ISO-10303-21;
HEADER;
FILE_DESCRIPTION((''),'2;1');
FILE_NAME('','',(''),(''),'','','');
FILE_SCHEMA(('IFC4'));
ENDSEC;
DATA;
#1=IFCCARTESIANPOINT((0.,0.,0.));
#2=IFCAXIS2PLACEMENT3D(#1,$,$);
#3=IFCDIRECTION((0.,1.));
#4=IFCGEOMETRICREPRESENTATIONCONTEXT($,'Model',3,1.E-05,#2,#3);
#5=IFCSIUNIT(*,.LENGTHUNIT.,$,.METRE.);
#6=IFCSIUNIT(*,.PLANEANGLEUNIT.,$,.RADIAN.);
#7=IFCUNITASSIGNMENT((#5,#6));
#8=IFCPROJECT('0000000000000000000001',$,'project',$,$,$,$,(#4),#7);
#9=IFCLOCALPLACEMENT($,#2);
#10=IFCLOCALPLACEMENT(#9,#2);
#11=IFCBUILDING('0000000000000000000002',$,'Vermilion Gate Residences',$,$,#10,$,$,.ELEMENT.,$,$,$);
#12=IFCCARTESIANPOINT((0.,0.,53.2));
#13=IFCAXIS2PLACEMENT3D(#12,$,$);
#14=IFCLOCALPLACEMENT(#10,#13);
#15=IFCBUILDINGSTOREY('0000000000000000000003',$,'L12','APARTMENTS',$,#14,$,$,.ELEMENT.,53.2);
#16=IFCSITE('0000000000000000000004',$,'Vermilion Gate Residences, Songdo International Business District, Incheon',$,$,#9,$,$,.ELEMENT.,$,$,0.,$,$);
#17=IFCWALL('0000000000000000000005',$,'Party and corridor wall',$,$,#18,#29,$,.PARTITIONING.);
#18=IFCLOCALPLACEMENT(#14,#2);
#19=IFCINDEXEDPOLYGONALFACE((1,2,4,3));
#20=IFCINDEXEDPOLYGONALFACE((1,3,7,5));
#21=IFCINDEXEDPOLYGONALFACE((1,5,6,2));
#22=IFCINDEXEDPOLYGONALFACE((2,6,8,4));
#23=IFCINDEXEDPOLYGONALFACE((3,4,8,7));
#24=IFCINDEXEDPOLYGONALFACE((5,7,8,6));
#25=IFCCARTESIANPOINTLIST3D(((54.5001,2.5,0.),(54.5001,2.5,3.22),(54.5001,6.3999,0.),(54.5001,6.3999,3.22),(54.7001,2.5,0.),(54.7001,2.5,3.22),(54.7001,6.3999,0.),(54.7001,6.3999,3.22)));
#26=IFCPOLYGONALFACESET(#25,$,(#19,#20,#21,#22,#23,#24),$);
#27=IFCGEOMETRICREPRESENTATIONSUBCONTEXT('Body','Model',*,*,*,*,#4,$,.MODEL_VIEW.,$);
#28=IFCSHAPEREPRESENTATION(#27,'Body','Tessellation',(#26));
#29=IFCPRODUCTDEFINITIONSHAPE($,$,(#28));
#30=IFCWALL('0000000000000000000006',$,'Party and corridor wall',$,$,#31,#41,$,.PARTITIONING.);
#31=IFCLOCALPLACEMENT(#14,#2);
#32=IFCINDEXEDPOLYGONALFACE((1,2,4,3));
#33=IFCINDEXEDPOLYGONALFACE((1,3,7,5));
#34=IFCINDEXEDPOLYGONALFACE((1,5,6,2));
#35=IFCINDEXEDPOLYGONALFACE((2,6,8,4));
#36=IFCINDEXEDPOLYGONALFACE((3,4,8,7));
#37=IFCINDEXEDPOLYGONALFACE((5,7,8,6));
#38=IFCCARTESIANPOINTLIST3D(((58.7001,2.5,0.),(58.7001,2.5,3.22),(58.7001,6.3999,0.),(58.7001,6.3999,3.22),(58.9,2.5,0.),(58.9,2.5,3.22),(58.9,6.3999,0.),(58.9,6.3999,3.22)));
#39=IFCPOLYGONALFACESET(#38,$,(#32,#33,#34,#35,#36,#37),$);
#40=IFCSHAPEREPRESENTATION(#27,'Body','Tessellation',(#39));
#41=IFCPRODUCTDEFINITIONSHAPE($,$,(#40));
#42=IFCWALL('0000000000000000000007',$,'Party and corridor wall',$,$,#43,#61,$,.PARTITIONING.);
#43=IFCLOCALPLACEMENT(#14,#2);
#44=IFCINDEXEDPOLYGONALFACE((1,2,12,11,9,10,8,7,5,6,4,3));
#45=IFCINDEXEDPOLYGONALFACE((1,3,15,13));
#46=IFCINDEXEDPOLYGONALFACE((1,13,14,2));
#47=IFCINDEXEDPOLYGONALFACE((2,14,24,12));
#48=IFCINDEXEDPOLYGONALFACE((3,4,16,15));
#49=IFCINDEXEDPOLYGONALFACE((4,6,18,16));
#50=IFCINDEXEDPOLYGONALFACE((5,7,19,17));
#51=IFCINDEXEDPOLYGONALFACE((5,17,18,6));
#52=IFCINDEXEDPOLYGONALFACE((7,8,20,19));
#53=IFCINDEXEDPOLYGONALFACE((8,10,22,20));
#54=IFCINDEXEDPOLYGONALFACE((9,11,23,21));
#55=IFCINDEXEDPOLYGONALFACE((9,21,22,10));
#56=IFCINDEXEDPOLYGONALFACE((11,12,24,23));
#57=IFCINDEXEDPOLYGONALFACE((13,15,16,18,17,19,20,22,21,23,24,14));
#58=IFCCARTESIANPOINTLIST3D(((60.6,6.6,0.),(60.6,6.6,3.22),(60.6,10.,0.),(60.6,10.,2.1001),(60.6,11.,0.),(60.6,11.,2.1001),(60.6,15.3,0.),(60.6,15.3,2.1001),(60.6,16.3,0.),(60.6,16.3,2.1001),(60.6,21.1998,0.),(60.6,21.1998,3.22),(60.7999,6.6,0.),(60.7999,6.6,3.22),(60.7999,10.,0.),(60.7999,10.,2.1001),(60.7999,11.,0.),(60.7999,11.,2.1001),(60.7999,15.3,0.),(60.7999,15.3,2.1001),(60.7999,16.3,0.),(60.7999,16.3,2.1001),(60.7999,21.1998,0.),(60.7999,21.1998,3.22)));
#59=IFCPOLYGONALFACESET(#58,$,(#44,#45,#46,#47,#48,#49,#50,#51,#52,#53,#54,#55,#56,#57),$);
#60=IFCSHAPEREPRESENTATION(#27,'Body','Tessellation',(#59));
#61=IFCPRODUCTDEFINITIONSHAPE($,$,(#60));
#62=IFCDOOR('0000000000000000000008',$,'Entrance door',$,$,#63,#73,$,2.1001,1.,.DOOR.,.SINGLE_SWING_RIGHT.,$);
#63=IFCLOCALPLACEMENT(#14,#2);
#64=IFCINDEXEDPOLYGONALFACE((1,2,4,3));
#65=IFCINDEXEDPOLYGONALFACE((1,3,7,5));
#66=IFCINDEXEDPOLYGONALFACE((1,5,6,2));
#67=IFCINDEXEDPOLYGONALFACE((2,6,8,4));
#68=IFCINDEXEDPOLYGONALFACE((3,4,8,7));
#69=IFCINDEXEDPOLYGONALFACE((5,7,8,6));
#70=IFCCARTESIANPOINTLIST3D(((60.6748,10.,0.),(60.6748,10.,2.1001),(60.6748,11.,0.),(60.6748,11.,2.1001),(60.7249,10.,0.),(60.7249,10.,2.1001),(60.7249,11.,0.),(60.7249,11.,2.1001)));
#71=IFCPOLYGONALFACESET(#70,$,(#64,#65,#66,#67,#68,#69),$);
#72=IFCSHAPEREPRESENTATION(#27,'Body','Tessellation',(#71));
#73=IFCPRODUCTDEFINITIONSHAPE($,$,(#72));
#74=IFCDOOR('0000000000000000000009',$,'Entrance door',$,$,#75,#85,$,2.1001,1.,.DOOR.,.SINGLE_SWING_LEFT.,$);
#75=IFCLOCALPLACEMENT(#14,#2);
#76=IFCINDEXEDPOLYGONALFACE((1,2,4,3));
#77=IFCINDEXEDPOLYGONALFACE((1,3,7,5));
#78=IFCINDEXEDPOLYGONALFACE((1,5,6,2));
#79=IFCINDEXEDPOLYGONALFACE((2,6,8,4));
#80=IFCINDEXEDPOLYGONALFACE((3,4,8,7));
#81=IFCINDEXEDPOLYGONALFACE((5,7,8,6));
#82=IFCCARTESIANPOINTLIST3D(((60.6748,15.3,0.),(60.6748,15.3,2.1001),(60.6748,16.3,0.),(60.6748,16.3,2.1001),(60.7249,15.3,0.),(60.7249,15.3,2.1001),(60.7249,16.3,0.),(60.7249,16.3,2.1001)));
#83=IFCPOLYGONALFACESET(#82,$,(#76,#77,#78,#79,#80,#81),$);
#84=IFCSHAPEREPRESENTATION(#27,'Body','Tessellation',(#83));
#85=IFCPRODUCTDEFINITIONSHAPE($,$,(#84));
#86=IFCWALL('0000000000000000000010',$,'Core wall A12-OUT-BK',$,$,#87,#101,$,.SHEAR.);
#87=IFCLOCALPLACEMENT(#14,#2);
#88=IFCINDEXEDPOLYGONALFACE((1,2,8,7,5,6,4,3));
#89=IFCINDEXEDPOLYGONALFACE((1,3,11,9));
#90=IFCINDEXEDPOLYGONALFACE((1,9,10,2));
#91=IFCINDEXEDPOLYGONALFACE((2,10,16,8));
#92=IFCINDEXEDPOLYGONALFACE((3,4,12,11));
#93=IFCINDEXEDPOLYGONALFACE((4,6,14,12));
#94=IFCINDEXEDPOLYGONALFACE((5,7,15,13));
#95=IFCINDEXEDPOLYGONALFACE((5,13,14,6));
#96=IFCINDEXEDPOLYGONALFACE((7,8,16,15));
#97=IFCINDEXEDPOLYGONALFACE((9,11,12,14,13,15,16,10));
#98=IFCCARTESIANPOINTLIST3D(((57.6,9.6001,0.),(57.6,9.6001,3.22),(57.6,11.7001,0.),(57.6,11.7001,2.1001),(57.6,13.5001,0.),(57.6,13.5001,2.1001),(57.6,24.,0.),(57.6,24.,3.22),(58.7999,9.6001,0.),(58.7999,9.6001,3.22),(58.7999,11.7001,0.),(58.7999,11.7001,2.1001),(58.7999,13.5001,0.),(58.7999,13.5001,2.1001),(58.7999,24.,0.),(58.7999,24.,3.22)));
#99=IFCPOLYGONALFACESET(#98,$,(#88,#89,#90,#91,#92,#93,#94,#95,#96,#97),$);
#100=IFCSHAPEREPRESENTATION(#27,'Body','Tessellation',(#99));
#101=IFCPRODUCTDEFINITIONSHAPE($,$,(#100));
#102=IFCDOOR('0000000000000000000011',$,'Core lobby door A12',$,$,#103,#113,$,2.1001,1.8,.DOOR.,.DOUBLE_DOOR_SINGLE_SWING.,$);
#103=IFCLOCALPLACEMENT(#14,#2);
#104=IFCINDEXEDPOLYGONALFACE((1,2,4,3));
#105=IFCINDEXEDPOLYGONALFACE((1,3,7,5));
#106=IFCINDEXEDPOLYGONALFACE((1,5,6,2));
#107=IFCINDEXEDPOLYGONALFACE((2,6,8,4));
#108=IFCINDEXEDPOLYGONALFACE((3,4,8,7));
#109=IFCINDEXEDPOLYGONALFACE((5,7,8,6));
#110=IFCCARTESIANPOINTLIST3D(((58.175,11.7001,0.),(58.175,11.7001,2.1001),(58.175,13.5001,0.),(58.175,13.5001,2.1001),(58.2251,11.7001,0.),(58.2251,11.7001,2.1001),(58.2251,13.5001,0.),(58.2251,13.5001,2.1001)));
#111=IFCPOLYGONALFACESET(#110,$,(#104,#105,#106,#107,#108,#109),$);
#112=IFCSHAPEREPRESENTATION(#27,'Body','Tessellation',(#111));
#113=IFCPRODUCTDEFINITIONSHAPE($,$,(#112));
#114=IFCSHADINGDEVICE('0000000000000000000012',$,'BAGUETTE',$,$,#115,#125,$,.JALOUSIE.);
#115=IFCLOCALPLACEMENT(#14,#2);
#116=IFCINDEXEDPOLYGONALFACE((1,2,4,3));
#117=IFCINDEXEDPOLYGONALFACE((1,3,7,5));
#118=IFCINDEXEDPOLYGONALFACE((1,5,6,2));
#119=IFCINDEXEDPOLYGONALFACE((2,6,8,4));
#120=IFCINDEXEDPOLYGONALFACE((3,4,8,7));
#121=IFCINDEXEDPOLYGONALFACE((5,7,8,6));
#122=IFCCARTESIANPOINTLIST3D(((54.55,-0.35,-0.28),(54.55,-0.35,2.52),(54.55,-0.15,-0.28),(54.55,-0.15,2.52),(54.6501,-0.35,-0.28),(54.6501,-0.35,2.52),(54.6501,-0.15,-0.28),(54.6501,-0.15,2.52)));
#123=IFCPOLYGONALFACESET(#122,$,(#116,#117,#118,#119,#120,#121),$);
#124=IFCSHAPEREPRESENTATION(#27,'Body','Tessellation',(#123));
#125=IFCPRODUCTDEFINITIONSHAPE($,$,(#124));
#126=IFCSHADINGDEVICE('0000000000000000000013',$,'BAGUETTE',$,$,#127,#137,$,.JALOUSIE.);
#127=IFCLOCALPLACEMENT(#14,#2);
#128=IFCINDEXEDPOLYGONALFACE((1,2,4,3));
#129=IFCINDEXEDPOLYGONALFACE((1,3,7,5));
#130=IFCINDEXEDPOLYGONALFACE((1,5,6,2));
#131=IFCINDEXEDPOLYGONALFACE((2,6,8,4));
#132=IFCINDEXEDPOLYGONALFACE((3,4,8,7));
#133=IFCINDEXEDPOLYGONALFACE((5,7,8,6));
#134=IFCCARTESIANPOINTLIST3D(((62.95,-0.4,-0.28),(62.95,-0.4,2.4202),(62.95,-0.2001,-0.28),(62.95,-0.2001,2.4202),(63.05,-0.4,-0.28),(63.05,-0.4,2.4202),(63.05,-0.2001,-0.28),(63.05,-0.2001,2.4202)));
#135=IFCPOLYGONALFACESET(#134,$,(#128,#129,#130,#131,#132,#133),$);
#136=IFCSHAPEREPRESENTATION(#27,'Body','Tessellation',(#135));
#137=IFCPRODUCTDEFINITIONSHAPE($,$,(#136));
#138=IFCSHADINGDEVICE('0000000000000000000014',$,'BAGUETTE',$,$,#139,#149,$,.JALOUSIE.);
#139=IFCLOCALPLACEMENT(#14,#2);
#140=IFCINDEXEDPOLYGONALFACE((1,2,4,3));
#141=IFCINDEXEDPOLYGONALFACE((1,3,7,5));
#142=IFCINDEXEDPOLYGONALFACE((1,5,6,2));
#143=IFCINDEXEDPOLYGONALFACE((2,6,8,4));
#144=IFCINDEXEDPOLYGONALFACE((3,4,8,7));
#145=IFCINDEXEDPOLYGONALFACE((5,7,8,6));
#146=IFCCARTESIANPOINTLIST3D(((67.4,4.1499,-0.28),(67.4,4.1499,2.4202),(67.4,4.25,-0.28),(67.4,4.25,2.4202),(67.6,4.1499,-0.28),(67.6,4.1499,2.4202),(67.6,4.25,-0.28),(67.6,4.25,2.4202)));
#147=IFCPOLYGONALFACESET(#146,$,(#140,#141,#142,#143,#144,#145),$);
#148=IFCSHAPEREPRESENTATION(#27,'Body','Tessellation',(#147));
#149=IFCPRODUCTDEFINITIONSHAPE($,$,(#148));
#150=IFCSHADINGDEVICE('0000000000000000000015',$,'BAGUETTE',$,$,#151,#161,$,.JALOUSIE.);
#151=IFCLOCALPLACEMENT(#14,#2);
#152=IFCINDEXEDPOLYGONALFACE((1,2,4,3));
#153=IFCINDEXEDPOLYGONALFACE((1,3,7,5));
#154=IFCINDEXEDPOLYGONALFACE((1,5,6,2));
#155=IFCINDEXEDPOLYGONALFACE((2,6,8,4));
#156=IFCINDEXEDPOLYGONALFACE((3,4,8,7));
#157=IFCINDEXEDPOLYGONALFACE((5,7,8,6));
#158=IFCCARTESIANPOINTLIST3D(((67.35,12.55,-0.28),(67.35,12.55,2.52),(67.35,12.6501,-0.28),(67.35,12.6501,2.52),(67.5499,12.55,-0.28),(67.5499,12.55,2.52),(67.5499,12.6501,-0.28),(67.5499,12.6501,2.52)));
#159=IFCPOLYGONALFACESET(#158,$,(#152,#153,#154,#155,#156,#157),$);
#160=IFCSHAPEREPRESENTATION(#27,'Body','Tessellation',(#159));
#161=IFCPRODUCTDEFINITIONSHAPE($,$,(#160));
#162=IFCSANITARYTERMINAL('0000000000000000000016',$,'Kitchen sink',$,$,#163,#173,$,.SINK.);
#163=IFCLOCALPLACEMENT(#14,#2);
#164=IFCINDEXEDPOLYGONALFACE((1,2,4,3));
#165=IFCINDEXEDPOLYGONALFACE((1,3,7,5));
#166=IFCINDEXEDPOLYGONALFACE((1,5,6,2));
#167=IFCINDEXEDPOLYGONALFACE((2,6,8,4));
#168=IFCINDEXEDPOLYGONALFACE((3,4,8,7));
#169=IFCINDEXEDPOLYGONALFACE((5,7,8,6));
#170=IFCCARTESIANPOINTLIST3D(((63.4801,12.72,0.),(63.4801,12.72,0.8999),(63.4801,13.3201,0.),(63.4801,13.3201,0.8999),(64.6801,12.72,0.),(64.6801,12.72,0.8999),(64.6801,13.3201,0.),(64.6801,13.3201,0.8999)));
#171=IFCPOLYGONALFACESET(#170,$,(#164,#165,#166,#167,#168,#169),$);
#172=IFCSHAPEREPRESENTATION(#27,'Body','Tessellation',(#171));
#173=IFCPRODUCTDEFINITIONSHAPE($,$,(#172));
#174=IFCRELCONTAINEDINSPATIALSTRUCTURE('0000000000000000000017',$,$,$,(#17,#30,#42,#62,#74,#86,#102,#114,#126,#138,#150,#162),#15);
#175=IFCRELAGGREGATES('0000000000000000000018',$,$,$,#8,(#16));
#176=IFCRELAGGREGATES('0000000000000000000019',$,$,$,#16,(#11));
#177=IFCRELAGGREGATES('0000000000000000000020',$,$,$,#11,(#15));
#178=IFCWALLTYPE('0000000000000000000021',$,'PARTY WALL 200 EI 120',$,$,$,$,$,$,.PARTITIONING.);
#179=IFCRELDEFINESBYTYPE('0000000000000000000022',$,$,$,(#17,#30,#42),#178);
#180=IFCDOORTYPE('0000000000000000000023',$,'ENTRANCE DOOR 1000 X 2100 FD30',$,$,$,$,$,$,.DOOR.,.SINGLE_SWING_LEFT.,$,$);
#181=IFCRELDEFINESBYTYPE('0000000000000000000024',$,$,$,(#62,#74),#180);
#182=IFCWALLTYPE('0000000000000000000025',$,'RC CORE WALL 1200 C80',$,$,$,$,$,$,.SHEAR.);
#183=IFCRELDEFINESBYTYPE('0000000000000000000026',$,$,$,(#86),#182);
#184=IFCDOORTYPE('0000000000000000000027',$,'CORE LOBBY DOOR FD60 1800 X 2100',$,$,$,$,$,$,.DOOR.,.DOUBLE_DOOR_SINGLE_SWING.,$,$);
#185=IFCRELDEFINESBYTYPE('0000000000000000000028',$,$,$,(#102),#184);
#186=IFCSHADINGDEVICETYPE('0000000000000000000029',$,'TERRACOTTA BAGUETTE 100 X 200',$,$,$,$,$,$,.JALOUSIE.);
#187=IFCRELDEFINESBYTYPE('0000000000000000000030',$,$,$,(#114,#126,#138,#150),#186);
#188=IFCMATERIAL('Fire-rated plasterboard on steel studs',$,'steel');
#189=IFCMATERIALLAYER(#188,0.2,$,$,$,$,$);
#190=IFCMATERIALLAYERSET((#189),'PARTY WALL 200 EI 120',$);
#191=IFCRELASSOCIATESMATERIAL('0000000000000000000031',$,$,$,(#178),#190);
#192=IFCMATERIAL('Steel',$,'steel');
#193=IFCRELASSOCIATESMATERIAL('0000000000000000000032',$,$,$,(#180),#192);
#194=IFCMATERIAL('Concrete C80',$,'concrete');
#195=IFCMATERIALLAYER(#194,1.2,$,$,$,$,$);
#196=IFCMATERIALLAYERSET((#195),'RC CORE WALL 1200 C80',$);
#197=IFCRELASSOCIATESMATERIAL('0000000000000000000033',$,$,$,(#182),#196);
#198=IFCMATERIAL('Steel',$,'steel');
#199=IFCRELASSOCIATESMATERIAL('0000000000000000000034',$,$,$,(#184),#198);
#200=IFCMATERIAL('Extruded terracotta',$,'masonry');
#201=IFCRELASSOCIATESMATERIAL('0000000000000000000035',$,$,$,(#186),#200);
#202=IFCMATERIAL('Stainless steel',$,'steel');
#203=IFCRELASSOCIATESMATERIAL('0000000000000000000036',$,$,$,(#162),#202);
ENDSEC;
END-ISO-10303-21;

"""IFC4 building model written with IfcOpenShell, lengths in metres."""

from ifc_helpers import new_model, si_unit, direction, frame, frame_2d, origin, origin_2d, place, context, subcontext, project, spatial, rectangle, extrude, material, layer, layer_set, material_profile, profile_set, type_object, element, fill, save


model = new_model("IFC4")

# Units and contexts
model_context = context("Model", 3, precision=1e-05, world=origin(), true_north=direction((0.0, 1.0)))
body_context = subcontext(model_context, "Body", "Model", "MODEL_VIEW")
ifc_project = project(units=[si_unit("LENGTHUNIT", "METRE"), si_unit("PLANEANGLEUNIT", "RADIAN")], contexts=[model_context])

# Site, building, storey
site_placement = place(None, origin())
site = spatial("IfcSite", under=ifc_project, at=site_placement, Name="Vermilion Gate Residences, Songdo International Business District, Incheon", CompositionType="ELEMENT", RefElevation=0.0)
building_placement = place(site_placement, origin())
building = spatial("IfcBuilding", under=site, at=building_placement, Name="Vermilion Gate Residences", CompositionType="ELEMENT")
storey_placement = place(building_placement, frame((0.0, 0.0, 53.2)))
storey = spatial("IfcBuildingStorey", under=building, at=storey_placement, Name="L12", Description="APARTMENTS", CompositionType="ELEMENT", Elevation=53.2)

# Walls
ifc_material_1 = material(Name="Fire-rated plasterboard on steel studs", Category="steel")
ifc_layer_1 = layer(ifc_material_1, 0.2)
ifc_layer_set_1 = layer_set([ifc_layer_1], Name="PARTY WALL 200 EI 120")
wall_type_1 = type_object("IfcWallType", Name="PARTY WALL 200 EI 120", PredefinedType="PARTITIONING", material=ifc_layer_set_1)
for number, where, z_axis, x_axis, name in (
    (1, (54.6001, 2.5, 0.0), (0.0, 0.0, 1.0), (0.0, 1.0, 0.0), "Party and corridor wall"),
    (2, (58.8, 2.5, 0.0), (0.0, 0.0, 1.0), (0.0, 1.0, 0.0), "Party and corridor wall"),
):
    element("IfcWall", number, at=place(storey_placement, frame(where, z_axis=z_axis, x_axis=x_axis)), inside=storey, type_object=wall_type_1, Name=name, PredefinedType="PARTITIONING", context=body_context, shape_type="SweptSolid", body=[
        extrude(rectangle(XDim=3.8999, YDim=0.2, at=frame_2d((1.95, 0.0))), origin(), (0.0, 0.0, 1.0), 3.22),
    ])

# Wall, openings, doors
wall_1_placement = place(storey_placement, frame((60.7, 6.6001, 0.0), z_axis=(0.0, 0.0, 1.0), x_axis=(0.0, 1.0, 0.0)))
wall_1 = element("IfcWall", 3, at=wall_1_placement, inside=storey, type_object=wall_type_1, Name="Party and corridor wall", PredefinedType="PARTITIONING", context=body_context, shape_type="SweptSolid", body=[
    extrude(rectangle(XDim=14.5999, YDim=0.2, at=frame_2d((7.2998, 0.0))), origin(), (0.0, 0.0, 1.0), 3.22),
])
opening_1_placement = place(wall_1_placement, frame((3.3999, 0.0, 0.0)))
opening_1 = element("IfcOpeningElement", 4, at=opening_1_placement, cuts=wall_1, PredefinedType="OPENING", context=body_context, shape_type="SweptSolid", body=[
    extrude(rectangle(XDim=1.0, YDim=2.1001, at=frame_2d((0.5, 1.05))), frame((0.0, 0.1099, 0.0), z_axis=(0.0, -1.0, 0.0), x_axis=(1.0, 0.0, 0.0)), (0.0, 0.0, 1.0), 0.22),
])
opening_2_placement = place(wall_1_placement, frame((8.7, 0.0, 0.0)))
opening_2 = element("IfcOpeningElement", 5, at=opening_2_placement, cuts=wall_1, PredefinedType="OPENING", context=body_context, shape_type="SweptSolid", body=[
    extrude(rectangle(XDim=1.0, YDim=2.1001, at=frame_2d((0.5, 1.05))), frame((0.0, 0.1099, 0.0), z_axis=(0.0, -1.0, 0.0), x_axis=(1.0, 0.0, 0.0)), (0.0, 0.0, 1.0), 0.22),
])
ifc_material_2 = material(Name="Steel", Category="steel")
door_type_1 = type_object("IfcDoorType", Name="ENTRANCE DOOR 1000 X 2100 FD30", OperationType="SINGLE_SWING_LEFT", PredefinedType="DOOR", material=ifc_material_2)
door_1_placement = place(opening_1_placement, frame((1.0, 0.0, 0.0), z_axis=(0.0, 0.0, 1.0), x_axis=(-1.0, 0.0, 0.0)))
door_1 = element("IfcDoor", 6, at=door_1_placement, inside=storey, type_object=door_type_1, Name="Entrance door", OperationType="SINGLE_SWING_RIGHT", OverallHeight=2.1001, OverallWidth=1.0, PredefinedType="DOOR", context=body_context, shape_type="SweptSolid", body=[
    extrude(rectangle(XDim=1.0, YDim=2.1001, at=frame_2d((0.5, 1.05))), frame((0.0, 0.0249, 0.0), z_axis=(0.0, -1.0, 0.0), x_axis=(1.0, 0.0, 0.0)), (0.0, 0.0, 1.0), 0.05),
])
fill(opening_1, door_1)
door_2_placement = place(opening_2_placement, frame((1.0, 0.0, 0.0), z_axis=(0.0, 0.0, 1.0), x_axis=(-1.0, 0.0, 0.0)))
door_2 = element("IfcDoor", 7, at=door_2_placement, inside=storey, type_object=door_type_1, Name="Entrance door", OperationType="SINGLE_SWING_LEFT", OverallHeight=2.1001, OverallWidth=1.0, PredefinedType="DOOR", context=body_context, shape_type="SweptSolid", body=[
    extrude(rectangle(XDim=1.0, YDim=2.1001, at=frame_2d((0.5, 1.05))), frame((0.0, 0.0249, 0.0), z_axis=(0.0, -1.0, 0.0), x_axis=(1.0, 0.0, 0.0)), (0.0, 0.0, 1.0), 0.05),
])
fill(opening_2, door_2)

# Wall, opening, door
ifc_material_3 = material(Name="Concrete C80", Category="concrete")
ifc_layer_2 = layer(ifc_material_3, 1.2)
ifc_layer_set_2 = layer_set([ifc_layer_2], Name="RC CORE WALL 1200 C80")
wall_type_2 = type_object("IfcWallType", Name="RC CORE WALL 1200 C80", PredefinedType="SHEAR", material=ifc_layer_set_2)
wall_2_placement = place(storey_placement, frame((58.2, 9.6001, 0.0), z_axis=(0.0, 0.0, 1.0), x_axis=(0.0, 1.0, 0.0)))
wall_2 = element("IfcWall", 8, at=wall_2_placement, inside=storey, type_object=wall_type_2, Name="Core wall A12-OUT-BK", PredefinedType="SHEAR", context=body_context, shape_type="SweptSolid", body=[
    extrude(rectangle(XDim=14.3999, YDim=1.2, at=frame_2d((7.2, 0.0))), origin(), (0.0, 0.0, 1.0), 3.22),
])
opening_3_placement = place(wall_2_placement, frame((2.1001, 0.0, 0.0)))
opening_3 = element("IfcOpeningElement", 9, at=opening_3_placement, cuts=wall_2, PredefinedType="OPENING", context=body_context, shape_type="SweptSolid", body=[
    extrude(rectangle(XDim=1.8, YDim=2.1001, at=frame_2d((0.8999, 1.05))), frame((0.0, 0.6099, 0.0), z_axis=(0.0, -1.0, 0.0), x_axis=(1.0, 0.0, 0.0)), (0.0, 0.0, 1.0), 1.22),
])
ifc_material_4 = material(Name="Steel", Category="steel")
door_type_2 = type_object("IfcDoorType", Name="CORE LOBBY DOOR FD60 1800 X 2100", OperationType="DOUBLE_DOOR_SINGLE_SWING", PredefinedType="DOOR", material=ifc_material_4)
door_3_placement = place(opening_3_placement, origin())
door_3 = element("IfcDoor", 10, at=door_3_placement, inside=storey, type_object=door_type_2, Name="Core lobby door A12", OperationType="DOUBLE_DOOR_SINGLE_SWING", OverallHeight=2.1001, OverallWidth=1.8, PredefinedType="DOOR", context=body_context, shape_type="SweptSolid", body=[
    extrude(rectangle(XDim=1.8, YDim=2.1001, at=frame_2d((0.8999, 1.05))), frame((0.0, 0.0249, 0.0), z_axis=(0.0, -1.0, 0.0), x_axis=(1.0, 0.0, 0.0)), (0.0, 0.0, 1.0), 0.05),
])
fill(opening_3, door_3)

# Shading devices
ifc_material_5 = material(Name="Extruded terracotta", Category="masonry")
ifc_material_profile_1 = material_profile(ifc_material_5, rectangle(XDim=0.2, YDim=0.1001, at=origin_2d()), Name="BAGUETTE 100 X 200")
ifc_profile_set_1 = profile_set([ifc_material_profile_1], Name="Extruded terracotta")
shading_device_type = type_object("IfcShadingDeviceType", Name="TERRACOTTA BAGUETTE 100 X 200", PredefinedType="JALOUSIE", material=ifc_profile_set_1)
shading_device_1_placement = place(storey_placement, frame((54.6001, -0.25, -0.28), z_axis=(0.0, 0.0, 1.0), x_axis=(0.0, 1.0, 0.0)))
element("IfcShadingDevice", 11, at=shading_device_1_placement, inside=storey, type_object=shading_device_type, Name="BAGUETTE", PredefinedType="JALOUSIE", context=body_context, shape_type="SweptSolid", body=[
    extrude(rectangle(XDim=0.2, YDim=0.1001, at=origin_2d()), origin(), (0.0, 0.0, 1.0), 2.8),
])
for number, where, z_axis, x_axis, name in (
    (12, (63.0, -0.3, -0.28), (0.0, 0.0, 1.0), (0.0, 1.0, 0.0), "BAGUETTE"),
    (13, (67.5, 4.2, -0.28), (0.0, 0.0, 1.0), (-1.0, 0.0, 0.0), "BAGUETTE"),
):
    element("IfcShadingDevice", number, at=place(storey_placement, frame(where, z_axis=z_axis, x_axis=x_axis)), inside=storey, type_object=shading_device_type, Name=name, PredefinedType="JALOUSIE", context=body_context, shape_type="SweptSolid", body=[
        extrude(rectangle(XDim=0.2, YDim=0.1001, at=origin_2d()), origin(), (0.0, 0.0, 1.0), 2.7002),
    ])
shading_device_2_placement = place(storey_placement, frame((67.45, 12.6001, -0.28), z_axis=(0.0, 0.0, 1.0), x_axis=(-1.0, 0.0, 0.0)))
element("IfcShadingDevice", 14, at=shading_device_2_placement, inside=storey, type_object=shading_device_type, Name="BAGUETTE", PredefinedType="JALOUSIE", context=body_context, shape_type="SweptSolid", body=[
    extrude(rectangle(XDim=0.2, YDim=0.1001, at=origin_2d()), origin(), (0.0, 0.0, 1.0), 2.8),
])

# Sanitary terminal
ifc_material_6 = material(Name="Stainless steel", Category="steel")
sanitary_terminal_1_placement = place(storey_placement, frame((64.0801, 13.02, 0.0), z_axis=(0.0, 0.0, 1.0), x_axis=(1.0, 0.0, 0.0)))
element("IfcSanitaryTerminal", 15, at=sanitary_terminal_1_placement, inside=storey, material=ifc_material_6, Name="Kitchen sink", PredefinedType="SINK", context=body_context, shape_type="SweptSolid", body=[
    extrude(rectangle(XDim=1.2, YDim=0.6001, at=origin_2d()), origin(), (0.0, 0.0, 1.0), 0.8999),
])

save(model, "model.ifc")
